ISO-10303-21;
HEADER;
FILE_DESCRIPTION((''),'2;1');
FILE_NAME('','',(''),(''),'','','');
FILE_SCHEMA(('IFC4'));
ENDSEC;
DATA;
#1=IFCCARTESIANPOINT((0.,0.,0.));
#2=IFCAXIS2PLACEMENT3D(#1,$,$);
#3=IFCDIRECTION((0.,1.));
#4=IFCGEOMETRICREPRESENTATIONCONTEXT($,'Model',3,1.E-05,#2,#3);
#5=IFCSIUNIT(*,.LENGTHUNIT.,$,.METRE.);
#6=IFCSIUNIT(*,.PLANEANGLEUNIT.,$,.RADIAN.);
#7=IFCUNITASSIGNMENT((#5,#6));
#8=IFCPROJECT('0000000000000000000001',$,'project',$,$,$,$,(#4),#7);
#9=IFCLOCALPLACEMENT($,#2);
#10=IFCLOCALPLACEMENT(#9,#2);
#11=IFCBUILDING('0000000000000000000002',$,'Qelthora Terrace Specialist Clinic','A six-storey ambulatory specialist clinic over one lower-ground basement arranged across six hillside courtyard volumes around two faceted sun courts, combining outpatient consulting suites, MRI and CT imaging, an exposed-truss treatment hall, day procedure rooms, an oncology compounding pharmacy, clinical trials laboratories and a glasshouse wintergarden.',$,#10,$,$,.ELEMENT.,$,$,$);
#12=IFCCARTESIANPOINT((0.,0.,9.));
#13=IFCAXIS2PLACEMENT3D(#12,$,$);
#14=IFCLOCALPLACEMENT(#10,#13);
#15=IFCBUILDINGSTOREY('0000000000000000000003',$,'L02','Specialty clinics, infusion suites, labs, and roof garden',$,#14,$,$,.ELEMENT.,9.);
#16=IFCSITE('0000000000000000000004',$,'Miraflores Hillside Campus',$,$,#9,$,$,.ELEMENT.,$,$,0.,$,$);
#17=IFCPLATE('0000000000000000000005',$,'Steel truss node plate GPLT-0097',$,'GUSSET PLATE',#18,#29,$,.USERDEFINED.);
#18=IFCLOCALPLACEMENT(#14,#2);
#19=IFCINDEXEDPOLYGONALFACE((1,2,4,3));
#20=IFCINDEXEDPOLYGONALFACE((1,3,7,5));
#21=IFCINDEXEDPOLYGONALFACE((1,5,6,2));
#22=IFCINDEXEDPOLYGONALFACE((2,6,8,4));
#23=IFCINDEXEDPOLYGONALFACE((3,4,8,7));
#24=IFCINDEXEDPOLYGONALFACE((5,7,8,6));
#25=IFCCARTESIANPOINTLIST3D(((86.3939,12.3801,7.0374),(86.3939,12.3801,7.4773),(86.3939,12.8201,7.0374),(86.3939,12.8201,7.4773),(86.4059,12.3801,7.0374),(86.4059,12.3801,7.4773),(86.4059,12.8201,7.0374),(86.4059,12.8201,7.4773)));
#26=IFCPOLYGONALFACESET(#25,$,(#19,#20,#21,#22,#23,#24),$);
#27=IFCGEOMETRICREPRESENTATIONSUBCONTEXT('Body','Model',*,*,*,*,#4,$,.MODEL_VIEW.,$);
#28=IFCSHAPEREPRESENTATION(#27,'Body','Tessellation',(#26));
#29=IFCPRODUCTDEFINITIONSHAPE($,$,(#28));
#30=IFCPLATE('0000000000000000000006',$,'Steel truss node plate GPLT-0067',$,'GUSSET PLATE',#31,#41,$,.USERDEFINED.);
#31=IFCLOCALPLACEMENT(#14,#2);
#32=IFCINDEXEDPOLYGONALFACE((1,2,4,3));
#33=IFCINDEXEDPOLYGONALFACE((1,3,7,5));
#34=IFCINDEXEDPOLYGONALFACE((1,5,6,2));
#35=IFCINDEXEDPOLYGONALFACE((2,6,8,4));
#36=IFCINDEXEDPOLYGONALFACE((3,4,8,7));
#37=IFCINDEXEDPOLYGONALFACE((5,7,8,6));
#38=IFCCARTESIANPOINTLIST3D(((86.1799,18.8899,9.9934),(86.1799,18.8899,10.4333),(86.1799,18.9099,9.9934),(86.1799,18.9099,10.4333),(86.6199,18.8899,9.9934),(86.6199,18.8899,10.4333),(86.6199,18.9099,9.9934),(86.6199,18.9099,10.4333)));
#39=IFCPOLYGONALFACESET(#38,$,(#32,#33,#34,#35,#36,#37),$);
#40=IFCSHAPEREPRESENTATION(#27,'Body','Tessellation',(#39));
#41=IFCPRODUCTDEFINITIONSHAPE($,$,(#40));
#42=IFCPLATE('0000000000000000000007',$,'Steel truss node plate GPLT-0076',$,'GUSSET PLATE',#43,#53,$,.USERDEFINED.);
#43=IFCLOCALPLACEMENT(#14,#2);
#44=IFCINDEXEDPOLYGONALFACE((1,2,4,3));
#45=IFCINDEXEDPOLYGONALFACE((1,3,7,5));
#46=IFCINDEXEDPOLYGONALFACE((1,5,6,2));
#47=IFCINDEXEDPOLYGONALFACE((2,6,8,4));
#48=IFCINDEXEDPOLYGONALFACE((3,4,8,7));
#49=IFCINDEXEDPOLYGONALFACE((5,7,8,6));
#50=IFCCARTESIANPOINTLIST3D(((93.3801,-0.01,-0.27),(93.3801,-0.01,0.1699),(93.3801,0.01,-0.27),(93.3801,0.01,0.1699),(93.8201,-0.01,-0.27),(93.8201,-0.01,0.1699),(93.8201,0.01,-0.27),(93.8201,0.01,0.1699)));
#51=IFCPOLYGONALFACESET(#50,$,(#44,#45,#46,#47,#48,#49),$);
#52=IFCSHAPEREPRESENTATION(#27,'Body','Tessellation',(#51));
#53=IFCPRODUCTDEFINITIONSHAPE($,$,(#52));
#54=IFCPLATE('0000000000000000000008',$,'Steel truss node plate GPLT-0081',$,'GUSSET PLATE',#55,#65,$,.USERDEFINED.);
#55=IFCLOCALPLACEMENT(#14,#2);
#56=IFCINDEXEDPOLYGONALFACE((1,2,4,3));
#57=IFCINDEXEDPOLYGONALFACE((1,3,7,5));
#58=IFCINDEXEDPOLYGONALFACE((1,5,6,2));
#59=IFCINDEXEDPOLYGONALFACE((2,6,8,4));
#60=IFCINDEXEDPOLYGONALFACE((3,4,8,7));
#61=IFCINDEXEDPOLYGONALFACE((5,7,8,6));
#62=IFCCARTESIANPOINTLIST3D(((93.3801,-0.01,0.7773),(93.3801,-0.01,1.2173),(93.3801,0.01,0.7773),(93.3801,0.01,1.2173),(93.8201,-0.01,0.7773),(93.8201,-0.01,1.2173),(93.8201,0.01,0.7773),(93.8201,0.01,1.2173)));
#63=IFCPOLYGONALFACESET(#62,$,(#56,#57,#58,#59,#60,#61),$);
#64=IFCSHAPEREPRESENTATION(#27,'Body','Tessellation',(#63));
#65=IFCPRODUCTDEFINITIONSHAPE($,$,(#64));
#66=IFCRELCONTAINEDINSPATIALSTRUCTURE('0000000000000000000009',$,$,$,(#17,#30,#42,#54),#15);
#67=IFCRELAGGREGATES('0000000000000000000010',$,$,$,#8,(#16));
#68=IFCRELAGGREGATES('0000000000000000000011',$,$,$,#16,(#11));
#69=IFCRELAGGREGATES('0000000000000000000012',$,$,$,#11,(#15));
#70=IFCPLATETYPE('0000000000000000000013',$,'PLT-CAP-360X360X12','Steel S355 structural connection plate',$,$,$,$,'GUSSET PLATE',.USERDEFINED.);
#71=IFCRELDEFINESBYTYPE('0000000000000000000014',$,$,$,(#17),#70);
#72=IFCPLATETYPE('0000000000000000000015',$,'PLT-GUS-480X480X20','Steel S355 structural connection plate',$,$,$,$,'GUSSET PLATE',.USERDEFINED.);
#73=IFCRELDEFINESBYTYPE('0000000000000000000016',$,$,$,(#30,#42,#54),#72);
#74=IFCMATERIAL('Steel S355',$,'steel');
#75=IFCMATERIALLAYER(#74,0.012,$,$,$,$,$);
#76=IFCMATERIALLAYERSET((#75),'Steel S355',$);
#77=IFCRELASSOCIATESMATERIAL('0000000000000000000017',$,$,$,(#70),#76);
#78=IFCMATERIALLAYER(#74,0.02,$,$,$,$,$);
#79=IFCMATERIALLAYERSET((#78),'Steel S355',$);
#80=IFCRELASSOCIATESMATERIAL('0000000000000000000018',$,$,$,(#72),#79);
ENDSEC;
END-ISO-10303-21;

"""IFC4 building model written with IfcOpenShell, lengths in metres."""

from ifc_helpers import new_model, si_unit, direction, frame, origin, origin_2d, place, context, subcontext, project, spatial, rectangle, extrude, material, layer, layer_set, type_object, element, save


model = new_model("IFC4")

# Units and contexts
model_context = context("Model", 3, precision=1e-05, world=origin(), true_north=direction((0.0, 1.0)))
body_context = subcontext(model_context, "Body", "Model", "MODEL_VIEW")
ifc_project = project(units=[si_unit("LENGTHUNIT", "METRE"), si_unit("PLANEANGLEUNIT", "RADIAN")], contexts=[model_context])

# Site, building, storey
site_placement = place(None, origin())
site = spatial("IfcSite", under=ifc_project, at=site_placement, Name="Miraflores Hillside Campus", CompositionType="ELEMENT", RefElevation=0.0)
building_placement = place(site_placement, origin())
building = spatial("IfcBuilding", under=site, at=building_placement, Name="Qelthora Terrace Specialist Clinic", Description="A six-storey ambulatory specialist clinic over one lower-ground basement arranged across six hillside courtyard volumes around two faceted sun courts, combining outpatient consulting suites, MRI and CT imaging, an exposed-truss treatment hall, day procedure rooms, an oncology compounding pharmacy, clinical trials laboratories and a glasshouse wintergarden.", CompositionType="ELEMENT")
storey_placement = place(building_placement, frame((0.0, 0.0, 9.0)))
storey = spatial("IfcBuildingStorey", under=building, at=storey_placement, Name="L02", Description="Specialty clinics, infusion suites, labs, and roof garden", CompositionType="ELEMENT", Elevation=9.0)

# Shared definitions
ifc_material = material(Name="Steel S355", Category="steel")

# Plates
ifc_layer_1 = layer(ifc_material, 0.012)
ifc_layer_set_1 = layer_set([ifc_layer_1], Name="Steel S355")
plate_type_1 = type_object("IfcPlateType", Name="PLT-CAP-360X360X12", Description="Steel S355 structural connection plate", ElementType="GUSSET PLATE", PredefinedType="USERDEFINED", material=ifc_layer_set_1)
for number, where, z_axis, x_axis, name in (
    (1, (86.3999, 12.6001, 7.0374), (0.0, 0.0, 1.0), (1.0, 0.0, 0.0), "Steel truss node plate GPLT-0097"),
):
    element("IfcPlate", number, at=place(storey_placement, frame(where, z_axis=z_axis, x_axis=x_axis)), inside=storey, type_object=plate_type_1, Name=name, ObjectType="GUSSET PLATE", PredefinedType="USERDEFINED", context=body_context, shape_type="SweptSolid", body=[
        extrude(rectangle(XDim=0.012, YDim=0.4399, at=origin_2d()), origin(), (0.0, 0.0, 1.0), 0.4399),
    ])
ifc_layer_2 = layer(ifc_material, 0.02)
ifc_layer_set_2 = layer_set([ifc_layer_2], Name="Steel S355")
plate_type_2 = type_object("IfcPlateType", Name="PLT-GUS-480X480X20", Description="Steel S355 structural connection plate", ElementType="GUSSET PLATE", PredefinedType="USERDEFINED", material=ifc_layer_set_2)
for number, where, z_axis, x_axis, name in (
    (2, (86.3999, 18.8999, 9.9934), (0.0, 0.0, 1.0), (1.0, 0.0, 0.0), "Steel truss node plate GPLT-0067"),
    (3, (93.6001, 0.0, -0.27), (0.0, 0.0, 1.0), (1.0, 0.0, 0.0), "Steel truss node plate GPLT-0076"),
    (4, (93.6001, 0.0, 0.7773), (0.0, 0.0, 1.0), (1.0, 0.0, 0.0), "Steel truss node plate GPLT-0081"),
):
    element("IfcPlate", number, at=place(storey_placement, frame(where, z_axis=z_axis, x_axis=x_axis)), inside=storey, type_object=plate_type_2, Name=name, ObjectType="GUSSET PLATE", PredefinedType="USERDEFINED", context=body_context, shape_type="SweptSolid", body=[
        extrude(rectangle(XDim=0.4399, YDim=0.02, at=origin_2d()), origin(), (0.0, 0.0, 1.0), 0.4399),
    ])

save(model, "model.ifc")
